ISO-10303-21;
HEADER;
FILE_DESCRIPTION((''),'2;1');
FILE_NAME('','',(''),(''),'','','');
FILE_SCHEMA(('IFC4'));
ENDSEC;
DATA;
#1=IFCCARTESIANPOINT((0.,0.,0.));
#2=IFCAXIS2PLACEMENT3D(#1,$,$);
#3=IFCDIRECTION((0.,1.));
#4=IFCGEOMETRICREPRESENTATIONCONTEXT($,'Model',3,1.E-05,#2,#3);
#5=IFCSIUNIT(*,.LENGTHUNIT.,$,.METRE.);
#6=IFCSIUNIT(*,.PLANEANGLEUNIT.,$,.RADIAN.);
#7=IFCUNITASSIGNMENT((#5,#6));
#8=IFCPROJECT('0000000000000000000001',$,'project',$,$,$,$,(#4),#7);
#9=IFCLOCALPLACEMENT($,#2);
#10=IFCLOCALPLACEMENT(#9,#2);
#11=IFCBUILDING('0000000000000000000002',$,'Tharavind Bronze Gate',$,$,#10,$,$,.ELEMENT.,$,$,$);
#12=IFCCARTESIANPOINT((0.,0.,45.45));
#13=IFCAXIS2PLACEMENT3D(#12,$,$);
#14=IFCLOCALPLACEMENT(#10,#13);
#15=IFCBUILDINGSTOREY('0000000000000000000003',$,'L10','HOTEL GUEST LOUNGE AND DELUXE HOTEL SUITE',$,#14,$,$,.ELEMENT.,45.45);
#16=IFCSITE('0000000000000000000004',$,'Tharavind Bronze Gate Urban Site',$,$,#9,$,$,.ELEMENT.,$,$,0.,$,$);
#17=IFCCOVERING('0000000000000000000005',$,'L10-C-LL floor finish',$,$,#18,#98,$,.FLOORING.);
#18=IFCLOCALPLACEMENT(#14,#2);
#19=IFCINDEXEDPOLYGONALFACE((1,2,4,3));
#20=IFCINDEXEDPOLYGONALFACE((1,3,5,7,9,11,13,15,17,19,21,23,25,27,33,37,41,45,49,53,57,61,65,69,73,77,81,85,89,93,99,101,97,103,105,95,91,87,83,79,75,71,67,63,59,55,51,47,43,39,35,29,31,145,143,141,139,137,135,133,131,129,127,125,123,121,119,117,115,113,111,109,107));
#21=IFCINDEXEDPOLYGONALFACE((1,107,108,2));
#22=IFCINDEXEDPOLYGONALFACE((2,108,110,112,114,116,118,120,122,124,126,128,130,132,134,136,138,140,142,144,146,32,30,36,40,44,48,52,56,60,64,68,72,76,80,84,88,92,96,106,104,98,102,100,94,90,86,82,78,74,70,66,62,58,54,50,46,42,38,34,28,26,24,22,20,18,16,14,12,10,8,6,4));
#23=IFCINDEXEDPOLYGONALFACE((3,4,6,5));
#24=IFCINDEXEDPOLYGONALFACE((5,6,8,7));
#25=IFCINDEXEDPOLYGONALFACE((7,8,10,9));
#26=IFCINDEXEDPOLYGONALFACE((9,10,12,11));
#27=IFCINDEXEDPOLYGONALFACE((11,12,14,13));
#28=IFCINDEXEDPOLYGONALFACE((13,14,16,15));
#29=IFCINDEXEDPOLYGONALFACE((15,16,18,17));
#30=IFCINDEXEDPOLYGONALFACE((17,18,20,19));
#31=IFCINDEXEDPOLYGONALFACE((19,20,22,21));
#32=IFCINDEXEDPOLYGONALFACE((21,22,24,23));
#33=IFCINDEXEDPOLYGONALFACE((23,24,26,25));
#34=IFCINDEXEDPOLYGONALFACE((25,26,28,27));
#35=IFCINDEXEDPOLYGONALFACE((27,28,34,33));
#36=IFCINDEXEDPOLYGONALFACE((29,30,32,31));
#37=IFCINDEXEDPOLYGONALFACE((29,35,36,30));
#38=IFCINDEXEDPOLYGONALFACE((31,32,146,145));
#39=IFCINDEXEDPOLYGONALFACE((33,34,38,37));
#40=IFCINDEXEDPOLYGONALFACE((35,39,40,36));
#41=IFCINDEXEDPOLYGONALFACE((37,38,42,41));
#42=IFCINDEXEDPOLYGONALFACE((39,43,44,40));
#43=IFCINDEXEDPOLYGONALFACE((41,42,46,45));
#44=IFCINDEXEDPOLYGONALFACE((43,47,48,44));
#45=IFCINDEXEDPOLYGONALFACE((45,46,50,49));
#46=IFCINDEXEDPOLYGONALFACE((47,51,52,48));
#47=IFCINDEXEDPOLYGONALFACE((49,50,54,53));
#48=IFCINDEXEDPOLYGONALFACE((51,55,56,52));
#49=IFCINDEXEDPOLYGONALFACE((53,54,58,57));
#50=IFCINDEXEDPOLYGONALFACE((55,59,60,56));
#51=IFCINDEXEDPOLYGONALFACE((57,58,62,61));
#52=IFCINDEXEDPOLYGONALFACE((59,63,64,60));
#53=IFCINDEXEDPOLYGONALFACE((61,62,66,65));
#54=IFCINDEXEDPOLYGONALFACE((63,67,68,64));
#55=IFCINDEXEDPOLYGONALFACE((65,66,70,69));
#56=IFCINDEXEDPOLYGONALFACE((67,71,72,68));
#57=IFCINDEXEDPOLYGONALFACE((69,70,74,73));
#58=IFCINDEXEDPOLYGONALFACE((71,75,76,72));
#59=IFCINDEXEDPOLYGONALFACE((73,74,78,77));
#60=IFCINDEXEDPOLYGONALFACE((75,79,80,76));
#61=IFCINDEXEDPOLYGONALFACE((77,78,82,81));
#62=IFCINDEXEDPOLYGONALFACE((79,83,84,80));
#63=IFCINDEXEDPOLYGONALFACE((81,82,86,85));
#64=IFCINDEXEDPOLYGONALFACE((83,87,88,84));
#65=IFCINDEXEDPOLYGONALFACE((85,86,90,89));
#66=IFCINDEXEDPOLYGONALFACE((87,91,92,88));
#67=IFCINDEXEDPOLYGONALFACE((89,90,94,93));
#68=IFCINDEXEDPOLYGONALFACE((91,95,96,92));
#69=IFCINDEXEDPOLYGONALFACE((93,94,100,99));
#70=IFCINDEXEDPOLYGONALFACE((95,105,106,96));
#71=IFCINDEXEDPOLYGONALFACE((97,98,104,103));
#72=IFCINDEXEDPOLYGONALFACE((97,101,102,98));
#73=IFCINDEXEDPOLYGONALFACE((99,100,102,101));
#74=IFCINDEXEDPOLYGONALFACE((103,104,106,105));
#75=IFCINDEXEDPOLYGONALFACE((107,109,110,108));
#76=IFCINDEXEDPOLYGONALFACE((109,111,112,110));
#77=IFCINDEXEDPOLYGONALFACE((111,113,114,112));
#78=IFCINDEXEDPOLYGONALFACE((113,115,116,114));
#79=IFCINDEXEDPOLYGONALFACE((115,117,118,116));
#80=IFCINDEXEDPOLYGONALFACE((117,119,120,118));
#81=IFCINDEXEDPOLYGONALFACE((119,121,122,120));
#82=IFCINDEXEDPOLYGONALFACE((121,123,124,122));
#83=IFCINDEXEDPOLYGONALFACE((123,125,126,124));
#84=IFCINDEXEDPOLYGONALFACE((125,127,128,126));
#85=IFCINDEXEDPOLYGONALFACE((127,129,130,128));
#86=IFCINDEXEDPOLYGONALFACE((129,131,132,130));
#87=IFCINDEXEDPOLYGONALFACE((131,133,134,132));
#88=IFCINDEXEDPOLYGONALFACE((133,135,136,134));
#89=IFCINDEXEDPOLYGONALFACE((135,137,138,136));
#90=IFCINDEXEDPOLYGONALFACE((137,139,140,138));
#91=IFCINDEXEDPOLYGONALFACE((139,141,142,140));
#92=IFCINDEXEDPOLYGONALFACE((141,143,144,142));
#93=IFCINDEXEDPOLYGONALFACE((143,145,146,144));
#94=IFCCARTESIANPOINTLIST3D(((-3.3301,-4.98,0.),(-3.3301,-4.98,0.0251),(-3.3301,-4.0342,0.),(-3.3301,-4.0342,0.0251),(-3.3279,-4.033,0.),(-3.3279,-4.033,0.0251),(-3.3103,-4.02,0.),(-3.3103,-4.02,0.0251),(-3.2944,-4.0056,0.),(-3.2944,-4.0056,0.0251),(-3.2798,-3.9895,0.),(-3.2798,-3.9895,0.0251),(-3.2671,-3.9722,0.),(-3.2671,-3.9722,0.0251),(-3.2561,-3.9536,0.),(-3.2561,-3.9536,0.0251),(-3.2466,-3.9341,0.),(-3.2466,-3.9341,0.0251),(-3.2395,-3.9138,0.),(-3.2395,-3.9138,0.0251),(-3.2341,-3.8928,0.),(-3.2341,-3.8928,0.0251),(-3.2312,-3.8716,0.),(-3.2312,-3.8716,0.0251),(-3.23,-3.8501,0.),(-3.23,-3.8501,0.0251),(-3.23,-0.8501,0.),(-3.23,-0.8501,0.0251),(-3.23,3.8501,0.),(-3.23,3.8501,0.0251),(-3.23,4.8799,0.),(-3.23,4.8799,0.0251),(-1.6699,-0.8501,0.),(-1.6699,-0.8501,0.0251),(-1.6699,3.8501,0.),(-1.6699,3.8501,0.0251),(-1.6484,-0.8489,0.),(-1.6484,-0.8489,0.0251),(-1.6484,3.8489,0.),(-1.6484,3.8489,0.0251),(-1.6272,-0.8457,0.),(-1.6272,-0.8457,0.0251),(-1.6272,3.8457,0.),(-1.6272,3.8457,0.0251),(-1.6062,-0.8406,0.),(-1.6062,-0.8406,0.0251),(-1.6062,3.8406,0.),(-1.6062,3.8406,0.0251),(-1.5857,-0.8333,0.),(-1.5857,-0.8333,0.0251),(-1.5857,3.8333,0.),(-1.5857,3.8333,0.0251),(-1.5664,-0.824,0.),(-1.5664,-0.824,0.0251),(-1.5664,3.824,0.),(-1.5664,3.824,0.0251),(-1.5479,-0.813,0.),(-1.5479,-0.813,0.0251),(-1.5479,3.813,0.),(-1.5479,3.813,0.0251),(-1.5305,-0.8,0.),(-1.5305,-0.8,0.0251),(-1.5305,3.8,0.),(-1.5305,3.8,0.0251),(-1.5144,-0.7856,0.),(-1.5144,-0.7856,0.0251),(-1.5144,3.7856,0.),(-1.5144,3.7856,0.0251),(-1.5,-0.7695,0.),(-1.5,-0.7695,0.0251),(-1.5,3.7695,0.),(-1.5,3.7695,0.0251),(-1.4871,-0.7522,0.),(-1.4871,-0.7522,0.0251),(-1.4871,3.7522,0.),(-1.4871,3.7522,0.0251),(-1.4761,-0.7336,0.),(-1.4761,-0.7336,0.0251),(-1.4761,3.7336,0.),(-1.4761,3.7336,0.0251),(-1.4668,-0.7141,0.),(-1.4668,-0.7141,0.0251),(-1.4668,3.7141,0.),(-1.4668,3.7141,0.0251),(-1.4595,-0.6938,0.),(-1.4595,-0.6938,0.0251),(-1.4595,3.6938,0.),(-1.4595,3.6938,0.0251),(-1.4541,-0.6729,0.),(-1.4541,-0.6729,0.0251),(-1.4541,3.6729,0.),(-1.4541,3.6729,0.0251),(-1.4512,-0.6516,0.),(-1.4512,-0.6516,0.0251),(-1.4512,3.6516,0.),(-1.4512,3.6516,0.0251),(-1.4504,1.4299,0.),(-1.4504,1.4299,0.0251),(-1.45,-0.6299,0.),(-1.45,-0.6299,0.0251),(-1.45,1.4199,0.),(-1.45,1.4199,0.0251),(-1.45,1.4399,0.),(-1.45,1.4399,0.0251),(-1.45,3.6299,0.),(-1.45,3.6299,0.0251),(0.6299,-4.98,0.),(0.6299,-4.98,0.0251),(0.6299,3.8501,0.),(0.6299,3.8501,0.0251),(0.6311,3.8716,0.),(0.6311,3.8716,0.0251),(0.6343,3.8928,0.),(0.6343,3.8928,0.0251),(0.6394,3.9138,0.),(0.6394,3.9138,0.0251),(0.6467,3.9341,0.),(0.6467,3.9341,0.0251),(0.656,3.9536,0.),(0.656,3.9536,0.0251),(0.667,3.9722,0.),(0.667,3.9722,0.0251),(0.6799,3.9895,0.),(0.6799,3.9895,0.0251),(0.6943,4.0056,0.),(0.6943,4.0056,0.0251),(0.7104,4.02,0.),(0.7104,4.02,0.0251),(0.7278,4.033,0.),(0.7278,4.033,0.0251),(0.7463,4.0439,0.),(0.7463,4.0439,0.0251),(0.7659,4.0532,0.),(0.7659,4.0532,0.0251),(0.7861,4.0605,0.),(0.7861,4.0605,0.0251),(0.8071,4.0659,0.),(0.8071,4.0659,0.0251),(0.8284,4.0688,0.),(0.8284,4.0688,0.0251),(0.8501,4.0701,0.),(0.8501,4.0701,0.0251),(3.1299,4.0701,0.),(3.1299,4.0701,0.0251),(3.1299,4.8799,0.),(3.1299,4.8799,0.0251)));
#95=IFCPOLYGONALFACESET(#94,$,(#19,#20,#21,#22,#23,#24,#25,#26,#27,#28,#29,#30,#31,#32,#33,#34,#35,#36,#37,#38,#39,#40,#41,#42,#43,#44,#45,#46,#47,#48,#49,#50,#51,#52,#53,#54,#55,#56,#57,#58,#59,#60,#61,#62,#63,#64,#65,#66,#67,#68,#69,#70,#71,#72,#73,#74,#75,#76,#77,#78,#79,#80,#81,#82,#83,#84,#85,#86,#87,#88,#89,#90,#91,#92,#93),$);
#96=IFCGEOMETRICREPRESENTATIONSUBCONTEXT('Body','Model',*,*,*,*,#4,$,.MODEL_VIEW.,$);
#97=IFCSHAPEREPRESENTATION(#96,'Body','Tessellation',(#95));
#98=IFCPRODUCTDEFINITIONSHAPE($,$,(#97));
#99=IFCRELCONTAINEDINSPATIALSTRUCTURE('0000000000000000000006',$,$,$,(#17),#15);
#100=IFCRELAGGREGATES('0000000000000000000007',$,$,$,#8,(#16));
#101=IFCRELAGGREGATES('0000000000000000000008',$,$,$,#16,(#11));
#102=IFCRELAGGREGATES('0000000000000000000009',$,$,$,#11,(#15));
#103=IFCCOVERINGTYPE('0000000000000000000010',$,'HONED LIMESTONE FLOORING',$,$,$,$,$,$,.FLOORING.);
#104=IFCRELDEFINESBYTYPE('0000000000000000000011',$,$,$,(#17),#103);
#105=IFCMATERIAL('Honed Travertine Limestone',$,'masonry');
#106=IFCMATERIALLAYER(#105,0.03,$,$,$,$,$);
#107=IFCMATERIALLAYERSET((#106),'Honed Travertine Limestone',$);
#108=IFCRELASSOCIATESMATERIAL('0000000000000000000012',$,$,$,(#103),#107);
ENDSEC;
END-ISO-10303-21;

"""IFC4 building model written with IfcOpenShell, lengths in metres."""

from ifc_helpers import new_model, si_unit, direction, frame, origin, place, context, subcontext, project, spatial, polyline, outline, extrude, material, layer, layer_set, type_object, element, save


model = new_model("IFC4")

# Units and contexts
model_context = context("Model", 3, precision=1e-05, world=origin(), true_north=direction((0.0, 1.0)))
body_context = subcontext(model_context, "Body", "Model", "MODEL_VIEW")
ifc_project = project(units=[si_unit("LENGTHUNIT", "METRE"), si_unit("PLANEANGLEUNIT", "RADIAN")], contexts=[model_context])

# Site, building, storey
site_placement = place(None, origin())
site = spatial("IfcSite", under=ifc_project, at=site_placement, Name="Tharavind Bronze Gate Urban Site", CompositionType="ELEMENT", RefElevation=0.0)
building_placement = place(site_placement, origin())
building = spatial("IfcBuilding", under=site, at=building_placement, Name="Tharavind Bronze Gate", CompositionType="ELEMENT")
storey_placement = place(building_placement, frame((0.0, 0.0, 45.45)))
storey = spatial("IfcBuildingStorey", under=building, at=storey_placement, Name="L10", Description="HOTEL GUEST LOUNGE AND DELUXE HOTEL SUITE", CompositionType="ELEMENT", Elevation=45.45)

# Covering
ifc_material_1 = material(Name="Honed Travertine Limestone", Category="masonry")
ifc_layer_1 = layer(ifc_material_1, 0.03)
ifc_layer_set_1 = layer_set([ifc_layer_1], Name="Honed Travertine Limestone")
covering_type_1 = type_object("IfcCoveringType", Name="HONED LIMESTONE FLOORING", PredefinedType="FLOORING", material=ifc_layer_set_1)
covering_1_placement = place(storey_placement, origin())
element("IfcCovering", 1, at=covering_1_placement, inside=storey, type_object=covering_type_1, Name="L10-C-LL floor finish", PredefinedType="FLOORING", context=body_context, shape_type="SweptSolid", body=[
    extrude(outline(polyline([(-3.3301, -4.98), (0.6299, -4.98), (0.6299, 3.8501), (0.6311, 3.8716), (0.6343, 3.8928), (0.6394, 3.9138), (0.6467, 3.9341), (0.656, 3.9536), (0.667, 3.9722), (0.6799, 3.9895), (0.6943, 4.0056), (0.7104, 4.02), (0.7278, 4.033), (0.7463, 4.0439), (0.7659, 4.0532), (0.7861, 4.0605), (0.8071, 4.0659), (0.8284, 4.0688), (0.8501, 4.0701), (3.1299, 4.0701), (3.1299, 4.8799), (-3.23, 4.8799), (-3.23, 3.8501), (-1.6699, 3.8501), (-1.6484, 3.8489), (-1.6272, 3.8457), (-1.6062, 3.8406), (-1.5857, 3.8333), (-1.5664, 3.824), (-1.5479, 3.813), (-1.5305, 3.8), (-1.5144, 3.7856), (-1.5, 3.7695), (-1.4871, 3.7522), (-1.4761, 3.7336), (-1.4668, 3.7141), (-1.4595, 3.6938), (-1.4541, 3.6729), (-1.4512, 3.6516), (-1.45, 3.6299), (-1.45, 1.4399), (-1.4504, 1.4299), (-1.45, 1.4199), (-1.45, -0.6299), (-1.4512, -0.6516), (-1.4541, -0.6729), (-1.4595, -0.6938), (-1.4668, -0.7141), (-1.4761, -0.7336), (-1.4871, -0.7522), (-1.5, -0.7695), (-1.5144, -0.7856), (-1.5305, -0.8), (-1.5479, -0.813), (-1.5664, -0.824), (-1.5857, -0.8333), (-1.6062, -0.8406), (-1.6272, -0.8457), (-1.6484, -0.8489), (-1.6699, -0.8501), (-3.23, -0.8501), (-3.23, -3.8501), (-3.2312, -3.8716), (-3.2341, -3.8928), (-3.2395, -3.9138), (-3.2466, -3.9341), (-3.2561, -3.9536), (-3.2671, -3.9722), (-3.2798, -3.9895), (-3.2944, -4.0056), (-3.3103, -4.02), (-3.3279, -4.033), (-3.3301, -4.0342), (-3.3301, -4.98)])), origin(), (0.0, 0.0, 1.0), 0.0251),
])

save(model, "model.ifc")
